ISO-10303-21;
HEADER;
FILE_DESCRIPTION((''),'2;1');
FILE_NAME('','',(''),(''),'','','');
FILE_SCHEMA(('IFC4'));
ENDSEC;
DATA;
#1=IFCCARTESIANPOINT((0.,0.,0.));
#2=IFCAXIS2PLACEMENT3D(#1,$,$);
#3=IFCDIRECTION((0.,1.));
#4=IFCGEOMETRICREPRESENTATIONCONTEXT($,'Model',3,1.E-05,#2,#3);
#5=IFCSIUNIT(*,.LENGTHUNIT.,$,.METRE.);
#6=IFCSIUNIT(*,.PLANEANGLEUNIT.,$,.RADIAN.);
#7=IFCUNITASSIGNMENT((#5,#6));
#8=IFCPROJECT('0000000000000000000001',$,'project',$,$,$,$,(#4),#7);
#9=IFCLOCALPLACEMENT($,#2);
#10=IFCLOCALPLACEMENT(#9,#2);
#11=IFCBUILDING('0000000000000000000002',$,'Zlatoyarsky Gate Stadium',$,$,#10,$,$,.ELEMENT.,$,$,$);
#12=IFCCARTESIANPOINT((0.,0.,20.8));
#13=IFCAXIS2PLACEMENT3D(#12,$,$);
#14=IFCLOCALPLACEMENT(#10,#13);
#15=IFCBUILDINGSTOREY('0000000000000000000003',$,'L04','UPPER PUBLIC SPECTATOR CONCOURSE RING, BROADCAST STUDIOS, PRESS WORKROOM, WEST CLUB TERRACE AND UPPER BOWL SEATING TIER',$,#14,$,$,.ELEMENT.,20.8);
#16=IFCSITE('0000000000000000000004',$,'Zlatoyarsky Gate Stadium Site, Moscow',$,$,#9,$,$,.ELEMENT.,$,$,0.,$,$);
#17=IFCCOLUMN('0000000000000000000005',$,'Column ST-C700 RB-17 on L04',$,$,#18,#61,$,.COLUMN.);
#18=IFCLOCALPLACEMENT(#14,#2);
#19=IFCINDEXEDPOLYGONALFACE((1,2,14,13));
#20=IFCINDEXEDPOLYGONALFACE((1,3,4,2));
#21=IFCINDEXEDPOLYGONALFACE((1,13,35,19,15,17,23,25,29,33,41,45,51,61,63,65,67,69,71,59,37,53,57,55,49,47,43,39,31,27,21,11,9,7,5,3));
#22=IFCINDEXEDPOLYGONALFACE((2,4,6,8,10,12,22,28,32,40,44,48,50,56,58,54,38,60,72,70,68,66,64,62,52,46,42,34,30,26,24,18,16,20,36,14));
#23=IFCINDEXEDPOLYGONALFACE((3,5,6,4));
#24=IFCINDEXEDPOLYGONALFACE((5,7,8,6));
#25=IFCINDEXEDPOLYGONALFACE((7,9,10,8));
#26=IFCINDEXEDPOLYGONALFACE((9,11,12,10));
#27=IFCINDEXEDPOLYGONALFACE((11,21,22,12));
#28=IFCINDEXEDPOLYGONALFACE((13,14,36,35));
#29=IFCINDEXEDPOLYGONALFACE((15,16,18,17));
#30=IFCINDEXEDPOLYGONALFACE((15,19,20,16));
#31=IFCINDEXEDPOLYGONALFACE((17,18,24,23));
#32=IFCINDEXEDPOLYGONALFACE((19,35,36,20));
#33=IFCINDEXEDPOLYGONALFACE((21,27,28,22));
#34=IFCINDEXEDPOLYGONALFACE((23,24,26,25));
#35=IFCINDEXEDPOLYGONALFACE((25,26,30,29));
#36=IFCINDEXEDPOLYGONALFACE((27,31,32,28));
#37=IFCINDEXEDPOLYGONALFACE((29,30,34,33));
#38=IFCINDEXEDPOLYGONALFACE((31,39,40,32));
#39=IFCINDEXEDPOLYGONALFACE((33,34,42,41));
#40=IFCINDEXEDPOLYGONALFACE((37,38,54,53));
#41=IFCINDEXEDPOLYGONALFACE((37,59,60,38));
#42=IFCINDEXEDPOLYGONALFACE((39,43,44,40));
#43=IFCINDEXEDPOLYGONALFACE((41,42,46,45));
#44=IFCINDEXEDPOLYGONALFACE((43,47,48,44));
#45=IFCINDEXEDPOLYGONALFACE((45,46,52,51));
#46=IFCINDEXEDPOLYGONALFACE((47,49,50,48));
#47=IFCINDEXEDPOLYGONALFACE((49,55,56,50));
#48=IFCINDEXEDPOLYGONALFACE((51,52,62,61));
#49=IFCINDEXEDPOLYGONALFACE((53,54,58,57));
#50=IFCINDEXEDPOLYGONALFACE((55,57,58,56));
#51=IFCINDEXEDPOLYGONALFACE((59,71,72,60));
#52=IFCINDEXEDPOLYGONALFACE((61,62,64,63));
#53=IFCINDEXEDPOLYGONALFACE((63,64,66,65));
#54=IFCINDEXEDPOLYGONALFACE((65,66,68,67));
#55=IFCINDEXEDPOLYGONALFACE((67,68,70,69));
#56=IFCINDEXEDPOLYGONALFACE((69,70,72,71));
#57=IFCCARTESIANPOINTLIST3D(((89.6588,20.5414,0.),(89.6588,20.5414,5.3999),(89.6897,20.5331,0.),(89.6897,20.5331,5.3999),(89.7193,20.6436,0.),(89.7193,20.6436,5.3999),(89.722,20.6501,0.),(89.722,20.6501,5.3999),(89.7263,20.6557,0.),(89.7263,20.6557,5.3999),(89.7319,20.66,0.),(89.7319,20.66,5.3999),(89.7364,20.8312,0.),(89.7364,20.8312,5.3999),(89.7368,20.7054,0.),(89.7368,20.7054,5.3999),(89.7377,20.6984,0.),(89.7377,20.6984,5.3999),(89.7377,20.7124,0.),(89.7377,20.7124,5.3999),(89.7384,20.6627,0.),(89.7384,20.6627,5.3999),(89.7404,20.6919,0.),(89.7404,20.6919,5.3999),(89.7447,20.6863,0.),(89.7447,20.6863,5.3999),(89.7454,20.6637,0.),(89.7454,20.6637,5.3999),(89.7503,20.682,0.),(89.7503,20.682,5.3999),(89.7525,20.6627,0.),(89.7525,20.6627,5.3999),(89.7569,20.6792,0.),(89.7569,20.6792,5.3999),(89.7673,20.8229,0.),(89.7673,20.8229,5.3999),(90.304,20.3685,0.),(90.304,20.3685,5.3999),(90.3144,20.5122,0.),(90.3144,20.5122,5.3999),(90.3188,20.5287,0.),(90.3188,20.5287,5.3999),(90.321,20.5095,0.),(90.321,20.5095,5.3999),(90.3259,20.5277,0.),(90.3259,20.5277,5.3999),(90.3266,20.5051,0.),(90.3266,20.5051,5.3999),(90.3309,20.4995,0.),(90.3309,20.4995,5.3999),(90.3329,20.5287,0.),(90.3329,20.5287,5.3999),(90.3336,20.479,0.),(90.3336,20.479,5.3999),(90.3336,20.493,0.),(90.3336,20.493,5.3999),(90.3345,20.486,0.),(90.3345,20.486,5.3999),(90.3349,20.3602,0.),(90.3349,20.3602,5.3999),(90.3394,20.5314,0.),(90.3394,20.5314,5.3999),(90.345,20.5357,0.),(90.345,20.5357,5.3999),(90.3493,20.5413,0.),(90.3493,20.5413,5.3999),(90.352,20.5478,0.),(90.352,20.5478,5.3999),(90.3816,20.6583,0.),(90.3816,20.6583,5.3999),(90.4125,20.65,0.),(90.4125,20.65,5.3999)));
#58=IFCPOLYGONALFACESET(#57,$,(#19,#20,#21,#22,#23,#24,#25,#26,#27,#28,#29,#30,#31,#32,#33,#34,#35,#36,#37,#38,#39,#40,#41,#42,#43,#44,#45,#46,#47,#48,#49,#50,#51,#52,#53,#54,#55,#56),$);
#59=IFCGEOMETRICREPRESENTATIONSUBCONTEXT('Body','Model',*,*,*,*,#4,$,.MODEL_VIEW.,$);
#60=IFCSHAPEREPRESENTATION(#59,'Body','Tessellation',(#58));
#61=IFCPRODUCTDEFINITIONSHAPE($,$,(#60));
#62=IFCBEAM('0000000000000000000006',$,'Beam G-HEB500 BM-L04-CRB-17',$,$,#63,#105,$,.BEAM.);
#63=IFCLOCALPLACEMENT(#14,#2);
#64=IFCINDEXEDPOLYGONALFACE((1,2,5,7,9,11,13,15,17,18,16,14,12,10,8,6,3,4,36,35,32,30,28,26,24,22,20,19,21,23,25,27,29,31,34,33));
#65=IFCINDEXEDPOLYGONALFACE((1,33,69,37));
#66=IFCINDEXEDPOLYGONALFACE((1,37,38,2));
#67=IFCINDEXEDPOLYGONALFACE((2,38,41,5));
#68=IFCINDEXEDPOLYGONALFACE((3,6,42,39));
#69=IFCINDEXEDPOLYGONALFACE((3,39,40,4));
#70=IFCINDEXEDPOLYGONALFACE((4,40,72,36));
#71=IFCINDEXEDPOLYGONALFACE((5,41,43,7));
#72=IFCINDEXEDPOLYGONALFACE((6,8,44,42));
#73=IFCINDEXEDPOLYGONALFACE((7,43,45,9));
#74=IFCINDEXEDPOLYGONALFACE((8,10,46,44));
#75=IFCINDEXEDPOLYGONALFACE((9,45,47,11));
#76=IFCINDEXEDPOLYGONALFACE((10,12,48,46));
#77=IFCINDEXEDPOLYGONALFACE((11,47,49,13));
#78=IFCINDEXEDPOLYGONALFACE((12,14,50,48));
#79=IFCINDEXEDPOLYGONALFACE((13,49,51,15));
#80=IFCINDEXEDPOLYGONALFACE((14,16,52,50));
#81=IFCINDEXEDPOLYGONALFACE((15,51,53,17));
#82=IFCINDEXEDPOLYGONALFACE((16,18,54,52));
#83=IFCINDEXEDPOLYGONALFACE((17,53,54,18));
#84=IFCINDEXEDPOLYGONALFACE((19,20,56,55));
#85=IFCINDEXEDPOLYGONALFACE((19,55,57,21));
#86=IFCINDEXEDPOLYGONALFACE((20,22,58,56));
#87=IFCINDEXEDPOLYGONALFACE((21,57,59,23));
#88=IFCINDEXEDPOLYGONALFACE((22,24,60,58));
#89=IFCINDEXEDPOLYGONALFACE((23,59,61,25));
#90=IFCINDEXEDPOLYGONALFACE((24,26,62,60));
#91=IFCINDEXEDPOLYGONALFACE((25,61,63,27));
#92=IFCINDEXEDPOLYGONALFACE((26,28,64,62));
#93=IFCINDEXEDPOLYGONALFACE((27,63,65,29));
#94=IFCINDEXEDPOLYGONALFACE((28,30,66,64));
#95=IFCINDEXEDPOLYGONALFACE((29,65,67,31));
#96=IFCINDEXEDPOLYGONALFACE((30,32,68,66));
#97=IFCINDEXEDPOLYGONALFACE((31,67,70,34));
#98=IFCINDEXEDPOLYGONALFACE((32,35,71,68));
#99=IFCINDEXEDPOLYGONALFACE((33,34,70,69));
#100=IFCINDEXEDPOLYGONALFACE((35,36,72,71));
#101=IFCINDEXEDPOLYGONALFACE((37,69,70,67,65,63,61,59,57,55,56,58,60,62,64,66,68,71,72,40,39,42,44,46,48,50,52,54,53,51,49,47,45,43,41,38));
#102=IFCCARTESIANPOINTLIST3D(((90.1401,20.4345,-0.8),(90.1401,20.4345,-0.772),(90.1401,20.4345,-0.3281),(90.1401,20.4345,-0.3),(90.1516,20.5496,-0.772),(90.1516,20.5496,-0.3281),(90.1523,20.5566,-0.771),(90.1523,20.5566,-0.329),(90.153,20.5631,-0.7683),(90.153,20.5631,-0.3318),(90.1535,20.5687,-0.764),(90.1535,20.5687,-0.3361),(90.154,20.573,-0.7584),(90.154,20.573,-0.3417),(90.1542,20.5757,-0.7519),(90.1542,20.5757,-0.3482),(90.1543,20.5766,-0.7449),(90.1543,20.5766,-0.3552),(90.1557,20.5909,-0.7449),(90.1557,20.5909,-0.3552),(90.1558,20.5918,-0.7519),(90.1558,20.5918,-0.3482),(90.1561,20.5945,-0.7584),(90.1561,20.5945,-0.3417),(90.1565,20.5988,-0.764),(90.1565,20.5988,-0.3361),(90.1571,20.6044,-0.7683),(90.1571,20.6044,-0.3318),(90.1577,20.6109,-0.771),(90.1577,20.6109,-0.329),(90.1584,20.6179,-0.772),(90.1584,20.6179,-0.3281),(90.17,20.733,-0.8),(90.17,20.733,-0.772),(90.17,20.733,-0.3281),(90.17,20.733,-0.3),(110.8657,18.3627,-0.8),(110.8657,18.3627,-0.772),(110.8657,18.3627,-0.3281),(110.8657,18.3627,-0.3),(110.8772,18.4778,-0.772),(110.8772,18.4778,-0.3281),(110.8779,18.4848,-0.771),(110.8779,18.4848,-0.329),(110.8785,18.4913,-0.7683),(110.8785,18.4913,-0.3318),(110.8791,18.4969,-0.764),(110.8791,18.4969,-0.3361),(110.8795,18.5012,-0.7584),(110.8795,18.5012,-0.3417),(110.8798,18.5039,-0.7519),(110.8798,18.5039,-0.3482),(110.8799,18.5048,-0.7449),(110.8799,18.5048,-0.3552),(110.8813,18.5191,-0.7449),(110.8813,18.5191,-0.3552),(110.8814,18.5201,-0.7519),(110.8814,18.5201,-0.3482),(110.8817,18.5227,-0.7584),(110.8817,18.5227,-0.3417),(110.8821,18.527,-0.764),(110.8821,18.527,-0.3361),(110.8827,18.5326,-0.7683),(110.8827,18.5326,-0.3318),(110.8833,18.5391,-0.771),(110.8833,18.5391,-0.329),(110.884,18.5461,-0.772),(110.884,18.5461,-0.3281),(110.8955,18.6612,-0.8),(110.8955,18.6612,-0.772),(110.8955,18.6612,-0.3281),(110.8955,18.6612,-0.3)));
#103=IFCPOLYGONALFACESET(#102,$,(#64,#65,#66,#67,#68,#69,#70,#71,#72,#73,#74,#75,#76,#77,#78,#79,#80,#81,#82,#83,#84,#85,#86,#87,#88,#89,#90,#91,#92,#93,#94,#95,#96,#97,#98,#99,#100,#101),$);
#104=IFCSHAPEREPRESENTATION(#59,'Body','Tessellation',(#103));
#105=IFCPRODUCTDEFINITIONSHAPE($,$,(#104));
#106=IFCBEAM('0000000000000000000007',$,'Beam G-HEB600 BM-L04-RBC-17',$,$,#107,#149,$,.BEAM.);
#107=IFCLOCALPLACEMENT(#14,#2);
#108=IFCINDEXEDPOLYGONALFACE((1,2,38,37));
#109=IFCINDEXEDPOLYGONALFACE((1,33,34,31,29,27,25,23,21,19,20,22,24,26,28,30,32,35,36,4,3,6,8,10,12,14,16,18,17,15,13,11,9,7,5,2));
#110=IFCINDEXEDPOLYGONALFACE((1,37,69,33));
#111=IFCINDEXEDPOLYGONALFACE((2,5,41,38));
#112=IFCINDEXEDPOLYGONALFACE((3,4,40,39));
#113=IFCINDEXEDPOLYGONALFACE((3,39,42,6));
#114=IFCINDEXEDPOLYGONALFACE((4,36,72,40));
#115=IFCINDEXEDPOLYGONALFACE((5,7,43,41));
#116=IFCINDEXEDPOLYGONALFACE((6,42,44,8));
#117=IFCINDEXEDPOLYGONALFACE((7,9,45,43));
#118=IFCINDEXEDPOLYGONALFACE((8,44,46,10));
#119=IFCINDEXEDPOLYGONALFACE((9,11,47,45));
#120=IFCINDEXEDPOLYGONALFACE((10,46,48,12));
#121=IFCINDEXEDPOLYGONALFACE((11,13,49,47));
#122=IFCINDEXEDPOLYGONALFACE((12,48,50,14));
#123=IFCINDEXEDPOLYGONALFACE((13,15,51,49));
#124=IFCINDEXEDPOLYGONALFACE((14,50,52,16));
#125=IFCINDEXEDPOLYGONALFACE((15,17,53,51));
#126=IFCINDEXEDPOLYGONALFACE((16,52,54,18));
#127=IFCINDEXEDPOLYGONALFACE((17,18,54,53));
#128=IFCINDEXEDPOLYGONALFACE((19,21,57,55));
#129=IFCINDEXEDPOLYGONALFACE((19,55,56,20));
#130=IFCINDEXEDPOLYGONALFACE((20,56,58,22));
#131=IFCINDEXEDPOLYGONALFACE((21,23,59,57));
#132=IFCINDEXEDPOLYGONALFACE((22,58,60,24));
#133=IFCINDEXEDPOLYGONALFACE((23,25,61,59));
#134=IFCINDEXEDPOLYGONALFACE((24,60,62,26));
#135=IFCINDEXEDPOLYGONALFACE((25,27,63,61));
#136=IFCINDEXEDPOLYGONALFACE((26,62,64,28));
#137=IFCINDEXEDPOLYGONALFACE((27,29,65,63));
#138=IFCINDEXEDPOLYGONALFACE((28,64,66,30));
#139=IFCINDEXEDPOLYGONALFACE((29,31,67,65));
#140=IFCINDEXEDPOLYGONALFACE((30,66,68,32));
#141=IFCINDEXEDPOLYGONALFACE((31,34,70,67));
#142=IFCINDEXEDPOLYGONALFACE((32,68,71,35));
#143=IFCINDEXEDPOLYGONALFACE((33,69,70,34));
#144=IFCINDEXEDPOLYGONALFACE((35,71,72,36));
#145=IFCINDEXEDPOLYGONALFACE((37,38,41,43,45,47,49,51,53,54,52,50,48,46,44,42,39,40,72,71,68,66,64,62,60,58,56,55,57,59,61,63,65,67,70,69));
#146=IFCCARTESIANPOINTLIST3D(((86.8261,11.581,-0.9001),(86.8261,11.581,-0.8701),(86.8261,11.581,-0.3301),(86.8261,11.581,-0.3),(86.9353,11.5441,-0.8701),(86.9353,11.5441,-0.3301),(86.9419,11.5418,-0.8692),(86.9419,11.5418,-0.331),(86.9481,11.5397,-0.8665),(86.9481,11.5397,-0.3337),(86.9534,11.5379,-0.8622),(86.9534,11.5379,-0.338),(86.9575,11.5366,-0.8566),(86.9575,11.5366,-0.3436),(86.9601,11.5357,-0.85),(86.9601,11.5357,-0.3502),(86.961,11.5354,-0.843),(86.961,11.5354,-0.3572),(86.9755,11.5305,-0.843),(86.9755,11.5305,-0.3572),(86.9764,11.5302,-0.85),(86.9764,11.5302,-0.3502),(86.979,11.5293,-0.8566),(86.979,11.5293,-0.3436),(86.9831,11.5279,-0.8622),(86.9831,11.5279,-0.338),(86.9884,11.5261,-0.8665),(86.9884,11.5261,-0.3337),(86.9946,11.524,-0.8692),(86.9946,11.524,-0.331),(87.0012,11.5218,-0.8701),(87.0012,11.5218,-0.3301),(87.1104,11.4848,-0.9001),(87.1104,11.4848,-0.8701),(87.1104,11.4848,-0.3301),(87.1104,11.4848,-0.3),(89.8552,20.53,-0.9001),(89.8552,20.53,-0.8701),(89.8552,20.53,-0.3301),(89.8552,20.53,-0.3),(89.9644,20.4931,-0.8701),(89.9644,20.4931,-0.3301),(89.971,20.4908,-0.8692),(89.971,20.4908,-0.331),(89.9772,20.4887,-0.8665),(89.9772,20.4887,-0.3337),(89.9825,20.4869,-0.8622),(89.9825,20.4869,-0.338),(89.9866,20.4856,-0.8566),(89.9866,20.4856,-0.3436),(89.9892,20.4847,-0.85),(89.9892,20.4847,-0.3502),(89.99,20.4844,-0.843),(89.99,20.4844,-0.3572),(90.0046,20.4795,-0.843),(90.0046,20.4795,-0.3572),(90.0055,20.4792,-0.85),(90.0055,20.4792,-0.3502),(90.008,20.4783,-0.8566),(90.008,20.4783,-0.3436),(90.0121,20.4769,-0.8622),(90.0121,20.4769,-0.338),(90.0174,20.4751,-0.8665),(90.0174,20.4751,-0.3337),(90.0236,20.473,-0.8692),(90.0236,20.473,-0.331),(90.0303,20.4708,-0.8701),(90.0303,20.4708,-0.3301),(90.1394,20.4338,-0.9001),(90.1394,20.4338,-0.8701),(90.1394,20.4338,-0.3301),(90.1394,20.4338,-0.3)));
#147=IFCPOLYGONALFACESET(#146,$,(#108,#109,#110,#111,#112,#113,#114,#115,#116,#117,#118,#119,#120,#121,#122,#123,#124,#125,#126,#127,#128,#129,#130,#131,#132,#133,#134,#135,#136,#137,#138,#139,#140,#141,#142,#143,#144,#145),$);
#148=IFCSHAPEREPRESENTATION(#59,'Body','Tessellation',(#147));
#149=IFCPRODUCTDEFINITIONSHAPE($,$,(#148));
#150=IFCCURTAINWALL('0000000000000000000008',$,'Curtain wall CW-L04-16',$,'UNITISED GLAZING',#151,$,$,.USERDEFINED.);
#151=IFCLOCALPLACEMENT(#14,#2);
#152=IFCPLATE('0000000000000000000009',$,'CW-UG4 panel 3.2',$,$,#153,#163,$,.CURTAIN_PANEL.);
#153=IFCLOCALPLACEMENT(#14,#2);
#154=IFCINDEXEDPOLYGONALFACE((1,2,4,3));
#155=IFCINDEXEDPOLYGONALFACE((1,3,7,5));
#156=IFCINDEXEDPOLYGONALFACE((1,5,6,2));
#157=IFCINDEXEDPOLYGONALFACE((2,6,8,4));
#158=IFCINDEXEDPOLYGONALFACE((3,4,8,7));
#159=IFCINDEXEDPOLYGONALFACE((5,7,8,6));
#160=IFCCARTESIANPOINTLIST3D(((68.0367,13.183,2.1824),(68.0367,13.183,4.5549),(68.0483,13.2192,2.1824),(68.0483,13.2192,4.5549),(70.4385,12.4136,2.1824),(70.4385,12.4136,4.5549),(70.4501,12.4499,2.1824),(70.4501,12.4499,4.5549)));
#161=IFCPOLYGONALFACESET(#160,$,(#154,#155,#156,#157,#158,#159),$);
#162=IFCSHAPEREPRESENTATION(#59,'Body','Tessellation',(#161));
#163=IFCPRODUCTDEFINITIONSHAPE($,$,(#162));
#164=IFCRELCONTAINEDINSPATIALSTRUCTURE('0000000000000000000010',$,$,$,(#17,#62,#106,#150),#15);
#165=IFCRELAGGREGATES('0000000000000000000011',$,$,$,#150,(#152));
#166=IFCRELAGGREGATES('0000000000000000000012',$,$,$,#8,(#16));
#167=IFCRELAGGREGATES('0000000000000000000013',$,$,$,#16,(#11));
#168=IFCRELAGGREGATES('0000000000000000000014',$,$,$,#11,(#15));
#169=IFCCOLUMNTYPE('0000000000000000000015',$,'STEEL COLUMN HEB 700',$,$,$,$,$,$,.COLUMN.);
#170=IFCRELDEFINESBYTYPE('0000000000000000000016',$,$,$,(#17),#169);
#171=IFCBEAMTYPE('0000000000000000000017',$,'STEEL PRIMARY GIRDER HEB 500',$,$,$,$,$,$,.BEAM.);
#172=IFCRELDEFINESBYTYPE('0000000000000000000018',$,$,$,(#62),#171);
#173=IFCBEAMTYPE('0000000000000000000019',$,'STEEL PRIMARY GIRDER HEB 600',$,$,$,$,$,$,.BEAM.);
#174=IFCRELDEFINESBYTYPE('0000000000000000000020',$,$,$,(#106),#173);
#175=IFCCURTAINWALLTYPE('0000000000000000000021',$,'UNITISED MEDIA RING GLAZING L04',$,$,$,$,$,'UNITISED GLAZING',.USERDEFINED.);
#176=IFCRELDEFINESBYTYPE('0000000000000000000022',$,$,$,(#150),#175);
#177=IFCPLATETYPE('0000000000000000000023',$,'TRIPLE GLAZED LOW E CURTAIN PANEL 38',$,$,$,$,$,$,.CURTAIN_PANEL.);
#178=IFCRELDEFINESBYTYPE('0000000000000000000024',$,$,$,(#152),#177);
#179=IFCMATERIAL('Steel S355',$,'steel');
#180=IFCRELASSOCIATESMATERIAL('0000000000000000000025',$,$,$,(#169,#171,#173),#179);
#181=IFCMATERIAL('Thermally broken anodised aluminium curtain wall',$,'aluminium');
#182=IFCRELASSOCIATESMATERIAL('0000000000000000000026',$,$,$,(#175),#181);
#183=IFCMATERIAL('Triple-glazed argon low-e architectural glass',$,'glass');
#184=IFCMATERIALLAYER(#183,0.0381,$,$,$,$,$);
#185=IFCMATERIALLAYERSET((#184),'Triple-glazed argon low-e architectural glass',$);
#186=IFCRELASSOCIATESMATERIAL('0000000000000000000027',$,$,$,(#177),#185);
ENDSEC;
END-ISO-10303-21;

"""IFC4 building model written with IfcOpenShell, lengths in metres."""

from ifc_helpers import new_model, si_unit, direction, frame, origin, origin_2d, place, context, subcontext, project, spatial, rectangle, i_section, extrude, material, layer, layer_set, material_profile, profile_set, type_object, element, aggregate, save


model = new_model("IFC4")

# Units and contexts
model_context = context("Model", 3, precision=1e-05, world=origin(), true_north=direction((0.0, 1.0)))
body_context = subcontext(model_context, "Body", "Model", "MODEL_VIEW")
ifc_project = project(units=[si_unit("LENGTHUNIT", "METRE"), si_unit("PLANEANGLEUNIT", "RADIAN")], contexts=[model_context])

# Site, building, storey
site_placement = place(None, origin())
site = spatial("IfcSite", under=ifc_project, at=site_placement, Name="Zlatoyarsky Gate Stadium Site, Moscow", CompositionType="ELEMENT", RefElevation=0.0)
building_placement = place(site_placement, origin())
building = spatial("IfcBuilding", under=site, at=building_placement, Name="Zlatoyarsky Gate Stadium", CompositionType="ELEMENT")
storey_placement = place(building_placement, frame((0.0, 0.0, 20.8)))
storey = spatial("IfcBuildingStorey", under=building, at=storey_placement, Name="L04", Description="UPPER PUBLIC SPECTATOR CONCOURSE RING, BROADCAST STUDIOS, PRESS WORKROOM, WEST CLUB TERRACE AND UPPER BOWL SEATING TIER", CompositionType="ELEMENT", Elevation=20.8)

# Column
ifc_material_1 = material(Name="Steel S355", Category="steel")
ifc_material_profile_1 = material_profile(ifc_material_1, i_section(OverallWidth=0.3, OverallDepth=0.7, WebThickness=0.0171, FlangeThickness=0.032, FilletRadius=0.0271, at=origin_2d()), Name="HEB 700")
ifc_profile_set_1 = profile_set([ifc_material_profile_1], Name="Steel S355")
column_type = type_object("IfcColumnType", Name="STEEL COLUMN HEB 700", PredefinedType="COLUMN", material=ifc_profile_set_1)
column_placement = place(storey_placement, frame((90.0356, 20.5957, 0.0), z_axis=(0.0, 0.0, 1.0), x_axis=(-0.258819, -0.965926, 0.0)))
element("IfcColumn", 1, at=column_placement, inside=storey, type_object=column_type, Name="Column ST-C700 RB-17 on L04", PredefinedType="COLUMN", context=body_context, shape_type="SweptSolid", body=[
    extrude(i_section(OverallWidth=0.3, OverallDepth=0.7, WebThickness=0.0171, FlangeThickness=0.032, FilletRadius=0.0271, at=origin_2d()), origin(), (0.0, 0.0, 1.0), 5.3999),
])

# Beams
ifc_material_profile_2 = material_profile(ifc_material_1, i_section(OverallWidth=0.3, OverallDepth=0.5, WebThickness=0.0144, FlangeThickness=0.0281, FilletRadius=0.0271, at=origin_2d()), Name="HEB 500")
ifc_profile_set_2 = profile_set([ifc_material_profile_2], Name="Steel S355")
beam_type_1 = type_object("IfcBeamType", Name="STEEL PRIMARY GIRDER HEB 500", PredefinedType="BEAM", material=ifc_profile_set_2)
beam_1_placement = place(storey_placement, frame((90.155, 20.5837, -0.55), z_axis=(0.995041, -0.099467, 0.0), x_axis=(0.099467, 0.995041, 0.0)))
element("IfcBeam", 2, at=beam_1_placement, inside=storey, type_object=beam_type_1, Name="Beam G-HEB500 BM-L04-CRB-17", PredefinedType="BEAM", context=body_context, shape_type="SweptSolid", body=[
    extrude(i_section(OverallWidth=0.3, OverallDepth=0.5, WebThickness=0.0144, FlangeThickness=0.0281, FilletRadius=0.0271, at=origin_2d()), origin(), (0.0, 0.0, 1.0), 20.8289),
])
ifc_material_profile_3 = material_profile(ifc_material_1, i_section(OverallWidth=0.3, OverallDepth=0.6001, WebThickness=0.0154, FlangeThickness=0.03, FilletRadius=0.0271, at=origin_2d()), Name="HEB 600")
ifc_profile_set_3 = profile_set([ifc_material_profile_3], Name="Steel S355")
beam_type_2 = type_object("IfcBeamType", Name="STEEL PRIMARY GIRDER HEB 600", PredefinedType="BEAM", material=ifc_profile_set_3)
beam_2_placement = place(storey_placement, frame((89.9973, 20.4819, -0.6001), z_axis=(-0.320612, -0.947211, 0.0), x_axis=(0.947211, -0.320612, 0.0)))
element("IfcBeam", 3, at=beam_2_placement, inside=storey, type_object=beam_type_2, Name="Beam G-HEB600 BM-L04-RBC-17", PredefinedType="BEAM", context=body_context, shape_type="SweptSolid", body=[
    extrude(i_section(OverallWidth=0.3, OverallDepth=0.6001, WebThickness=0.0154, FlangeThickness=0.03, FilletRadius=0.0271, at=origin_2d()), origin(), (0.0, 0.0, 1.0), 9.4478),
])

# Curtain wall, plate
ifc_material_2 = material(Name="Thermally broken anodised aluminium curtain wall", Category="aluminium")
curtain_wall_type = type_object("IfcCurtainWallType", Name="UNITISED MEDIA RING GLAZING L04", ElementType="UNITISED GLAZING", PredefinedType="USERDEFINED", material=ifc_material_2)
curtain_wall_placement = place(storey_placement, origin())
curtain_wall = element("IfcCurtainWall", 4, at=curtain_wall_placement, inside=storey, type_object=curtain_wall_type, Name="Curtain wall CW-L04-16", ObjectType="UNITISED GLAZING", PredefinedType="USERDEFINED")
ifc_material_3 = material(Name="Triple-glazed argon low-e architectural glass", Category="glass")
ifc_layer_1 = layer(ifc_material_3, 0.0381)
ifc_layer_set_1 = layer_set([ifc_layer_1], Name="Triple-glazed argon low-e architectural glass")
plate_type = type_object("IfcPlateType", Name="TRIPLE GLAZED LOW E CURTAIN PANEL 38", PredefinedType="CURTAIN_PANEL", material=ifc_layer_set_1)
plate_placement = place(storey_placement, frame((69.2434, 12.8164, 2.1824), z_axis=(0.0, 0.0, 1.0), x_axis=(0.952331, -0.305066, 0.0)))
plate = element("IfcPlate", 5, at=plate_placement, type_object=plate_type, Name="CW-UG4 panel 3.2", PredefinedType="CURTAIN_PANEL", context=body_context, shape_type="SweptSolid", body=[
    extrude(rectangle(XDim=2.522, YDim=0.0381, at=origin_2d()), origin(), (0.0, 0.0, 1.0), 2.3726),
])
aggregate(curtain_wall, [plate])

save(model, "model.ifc")
